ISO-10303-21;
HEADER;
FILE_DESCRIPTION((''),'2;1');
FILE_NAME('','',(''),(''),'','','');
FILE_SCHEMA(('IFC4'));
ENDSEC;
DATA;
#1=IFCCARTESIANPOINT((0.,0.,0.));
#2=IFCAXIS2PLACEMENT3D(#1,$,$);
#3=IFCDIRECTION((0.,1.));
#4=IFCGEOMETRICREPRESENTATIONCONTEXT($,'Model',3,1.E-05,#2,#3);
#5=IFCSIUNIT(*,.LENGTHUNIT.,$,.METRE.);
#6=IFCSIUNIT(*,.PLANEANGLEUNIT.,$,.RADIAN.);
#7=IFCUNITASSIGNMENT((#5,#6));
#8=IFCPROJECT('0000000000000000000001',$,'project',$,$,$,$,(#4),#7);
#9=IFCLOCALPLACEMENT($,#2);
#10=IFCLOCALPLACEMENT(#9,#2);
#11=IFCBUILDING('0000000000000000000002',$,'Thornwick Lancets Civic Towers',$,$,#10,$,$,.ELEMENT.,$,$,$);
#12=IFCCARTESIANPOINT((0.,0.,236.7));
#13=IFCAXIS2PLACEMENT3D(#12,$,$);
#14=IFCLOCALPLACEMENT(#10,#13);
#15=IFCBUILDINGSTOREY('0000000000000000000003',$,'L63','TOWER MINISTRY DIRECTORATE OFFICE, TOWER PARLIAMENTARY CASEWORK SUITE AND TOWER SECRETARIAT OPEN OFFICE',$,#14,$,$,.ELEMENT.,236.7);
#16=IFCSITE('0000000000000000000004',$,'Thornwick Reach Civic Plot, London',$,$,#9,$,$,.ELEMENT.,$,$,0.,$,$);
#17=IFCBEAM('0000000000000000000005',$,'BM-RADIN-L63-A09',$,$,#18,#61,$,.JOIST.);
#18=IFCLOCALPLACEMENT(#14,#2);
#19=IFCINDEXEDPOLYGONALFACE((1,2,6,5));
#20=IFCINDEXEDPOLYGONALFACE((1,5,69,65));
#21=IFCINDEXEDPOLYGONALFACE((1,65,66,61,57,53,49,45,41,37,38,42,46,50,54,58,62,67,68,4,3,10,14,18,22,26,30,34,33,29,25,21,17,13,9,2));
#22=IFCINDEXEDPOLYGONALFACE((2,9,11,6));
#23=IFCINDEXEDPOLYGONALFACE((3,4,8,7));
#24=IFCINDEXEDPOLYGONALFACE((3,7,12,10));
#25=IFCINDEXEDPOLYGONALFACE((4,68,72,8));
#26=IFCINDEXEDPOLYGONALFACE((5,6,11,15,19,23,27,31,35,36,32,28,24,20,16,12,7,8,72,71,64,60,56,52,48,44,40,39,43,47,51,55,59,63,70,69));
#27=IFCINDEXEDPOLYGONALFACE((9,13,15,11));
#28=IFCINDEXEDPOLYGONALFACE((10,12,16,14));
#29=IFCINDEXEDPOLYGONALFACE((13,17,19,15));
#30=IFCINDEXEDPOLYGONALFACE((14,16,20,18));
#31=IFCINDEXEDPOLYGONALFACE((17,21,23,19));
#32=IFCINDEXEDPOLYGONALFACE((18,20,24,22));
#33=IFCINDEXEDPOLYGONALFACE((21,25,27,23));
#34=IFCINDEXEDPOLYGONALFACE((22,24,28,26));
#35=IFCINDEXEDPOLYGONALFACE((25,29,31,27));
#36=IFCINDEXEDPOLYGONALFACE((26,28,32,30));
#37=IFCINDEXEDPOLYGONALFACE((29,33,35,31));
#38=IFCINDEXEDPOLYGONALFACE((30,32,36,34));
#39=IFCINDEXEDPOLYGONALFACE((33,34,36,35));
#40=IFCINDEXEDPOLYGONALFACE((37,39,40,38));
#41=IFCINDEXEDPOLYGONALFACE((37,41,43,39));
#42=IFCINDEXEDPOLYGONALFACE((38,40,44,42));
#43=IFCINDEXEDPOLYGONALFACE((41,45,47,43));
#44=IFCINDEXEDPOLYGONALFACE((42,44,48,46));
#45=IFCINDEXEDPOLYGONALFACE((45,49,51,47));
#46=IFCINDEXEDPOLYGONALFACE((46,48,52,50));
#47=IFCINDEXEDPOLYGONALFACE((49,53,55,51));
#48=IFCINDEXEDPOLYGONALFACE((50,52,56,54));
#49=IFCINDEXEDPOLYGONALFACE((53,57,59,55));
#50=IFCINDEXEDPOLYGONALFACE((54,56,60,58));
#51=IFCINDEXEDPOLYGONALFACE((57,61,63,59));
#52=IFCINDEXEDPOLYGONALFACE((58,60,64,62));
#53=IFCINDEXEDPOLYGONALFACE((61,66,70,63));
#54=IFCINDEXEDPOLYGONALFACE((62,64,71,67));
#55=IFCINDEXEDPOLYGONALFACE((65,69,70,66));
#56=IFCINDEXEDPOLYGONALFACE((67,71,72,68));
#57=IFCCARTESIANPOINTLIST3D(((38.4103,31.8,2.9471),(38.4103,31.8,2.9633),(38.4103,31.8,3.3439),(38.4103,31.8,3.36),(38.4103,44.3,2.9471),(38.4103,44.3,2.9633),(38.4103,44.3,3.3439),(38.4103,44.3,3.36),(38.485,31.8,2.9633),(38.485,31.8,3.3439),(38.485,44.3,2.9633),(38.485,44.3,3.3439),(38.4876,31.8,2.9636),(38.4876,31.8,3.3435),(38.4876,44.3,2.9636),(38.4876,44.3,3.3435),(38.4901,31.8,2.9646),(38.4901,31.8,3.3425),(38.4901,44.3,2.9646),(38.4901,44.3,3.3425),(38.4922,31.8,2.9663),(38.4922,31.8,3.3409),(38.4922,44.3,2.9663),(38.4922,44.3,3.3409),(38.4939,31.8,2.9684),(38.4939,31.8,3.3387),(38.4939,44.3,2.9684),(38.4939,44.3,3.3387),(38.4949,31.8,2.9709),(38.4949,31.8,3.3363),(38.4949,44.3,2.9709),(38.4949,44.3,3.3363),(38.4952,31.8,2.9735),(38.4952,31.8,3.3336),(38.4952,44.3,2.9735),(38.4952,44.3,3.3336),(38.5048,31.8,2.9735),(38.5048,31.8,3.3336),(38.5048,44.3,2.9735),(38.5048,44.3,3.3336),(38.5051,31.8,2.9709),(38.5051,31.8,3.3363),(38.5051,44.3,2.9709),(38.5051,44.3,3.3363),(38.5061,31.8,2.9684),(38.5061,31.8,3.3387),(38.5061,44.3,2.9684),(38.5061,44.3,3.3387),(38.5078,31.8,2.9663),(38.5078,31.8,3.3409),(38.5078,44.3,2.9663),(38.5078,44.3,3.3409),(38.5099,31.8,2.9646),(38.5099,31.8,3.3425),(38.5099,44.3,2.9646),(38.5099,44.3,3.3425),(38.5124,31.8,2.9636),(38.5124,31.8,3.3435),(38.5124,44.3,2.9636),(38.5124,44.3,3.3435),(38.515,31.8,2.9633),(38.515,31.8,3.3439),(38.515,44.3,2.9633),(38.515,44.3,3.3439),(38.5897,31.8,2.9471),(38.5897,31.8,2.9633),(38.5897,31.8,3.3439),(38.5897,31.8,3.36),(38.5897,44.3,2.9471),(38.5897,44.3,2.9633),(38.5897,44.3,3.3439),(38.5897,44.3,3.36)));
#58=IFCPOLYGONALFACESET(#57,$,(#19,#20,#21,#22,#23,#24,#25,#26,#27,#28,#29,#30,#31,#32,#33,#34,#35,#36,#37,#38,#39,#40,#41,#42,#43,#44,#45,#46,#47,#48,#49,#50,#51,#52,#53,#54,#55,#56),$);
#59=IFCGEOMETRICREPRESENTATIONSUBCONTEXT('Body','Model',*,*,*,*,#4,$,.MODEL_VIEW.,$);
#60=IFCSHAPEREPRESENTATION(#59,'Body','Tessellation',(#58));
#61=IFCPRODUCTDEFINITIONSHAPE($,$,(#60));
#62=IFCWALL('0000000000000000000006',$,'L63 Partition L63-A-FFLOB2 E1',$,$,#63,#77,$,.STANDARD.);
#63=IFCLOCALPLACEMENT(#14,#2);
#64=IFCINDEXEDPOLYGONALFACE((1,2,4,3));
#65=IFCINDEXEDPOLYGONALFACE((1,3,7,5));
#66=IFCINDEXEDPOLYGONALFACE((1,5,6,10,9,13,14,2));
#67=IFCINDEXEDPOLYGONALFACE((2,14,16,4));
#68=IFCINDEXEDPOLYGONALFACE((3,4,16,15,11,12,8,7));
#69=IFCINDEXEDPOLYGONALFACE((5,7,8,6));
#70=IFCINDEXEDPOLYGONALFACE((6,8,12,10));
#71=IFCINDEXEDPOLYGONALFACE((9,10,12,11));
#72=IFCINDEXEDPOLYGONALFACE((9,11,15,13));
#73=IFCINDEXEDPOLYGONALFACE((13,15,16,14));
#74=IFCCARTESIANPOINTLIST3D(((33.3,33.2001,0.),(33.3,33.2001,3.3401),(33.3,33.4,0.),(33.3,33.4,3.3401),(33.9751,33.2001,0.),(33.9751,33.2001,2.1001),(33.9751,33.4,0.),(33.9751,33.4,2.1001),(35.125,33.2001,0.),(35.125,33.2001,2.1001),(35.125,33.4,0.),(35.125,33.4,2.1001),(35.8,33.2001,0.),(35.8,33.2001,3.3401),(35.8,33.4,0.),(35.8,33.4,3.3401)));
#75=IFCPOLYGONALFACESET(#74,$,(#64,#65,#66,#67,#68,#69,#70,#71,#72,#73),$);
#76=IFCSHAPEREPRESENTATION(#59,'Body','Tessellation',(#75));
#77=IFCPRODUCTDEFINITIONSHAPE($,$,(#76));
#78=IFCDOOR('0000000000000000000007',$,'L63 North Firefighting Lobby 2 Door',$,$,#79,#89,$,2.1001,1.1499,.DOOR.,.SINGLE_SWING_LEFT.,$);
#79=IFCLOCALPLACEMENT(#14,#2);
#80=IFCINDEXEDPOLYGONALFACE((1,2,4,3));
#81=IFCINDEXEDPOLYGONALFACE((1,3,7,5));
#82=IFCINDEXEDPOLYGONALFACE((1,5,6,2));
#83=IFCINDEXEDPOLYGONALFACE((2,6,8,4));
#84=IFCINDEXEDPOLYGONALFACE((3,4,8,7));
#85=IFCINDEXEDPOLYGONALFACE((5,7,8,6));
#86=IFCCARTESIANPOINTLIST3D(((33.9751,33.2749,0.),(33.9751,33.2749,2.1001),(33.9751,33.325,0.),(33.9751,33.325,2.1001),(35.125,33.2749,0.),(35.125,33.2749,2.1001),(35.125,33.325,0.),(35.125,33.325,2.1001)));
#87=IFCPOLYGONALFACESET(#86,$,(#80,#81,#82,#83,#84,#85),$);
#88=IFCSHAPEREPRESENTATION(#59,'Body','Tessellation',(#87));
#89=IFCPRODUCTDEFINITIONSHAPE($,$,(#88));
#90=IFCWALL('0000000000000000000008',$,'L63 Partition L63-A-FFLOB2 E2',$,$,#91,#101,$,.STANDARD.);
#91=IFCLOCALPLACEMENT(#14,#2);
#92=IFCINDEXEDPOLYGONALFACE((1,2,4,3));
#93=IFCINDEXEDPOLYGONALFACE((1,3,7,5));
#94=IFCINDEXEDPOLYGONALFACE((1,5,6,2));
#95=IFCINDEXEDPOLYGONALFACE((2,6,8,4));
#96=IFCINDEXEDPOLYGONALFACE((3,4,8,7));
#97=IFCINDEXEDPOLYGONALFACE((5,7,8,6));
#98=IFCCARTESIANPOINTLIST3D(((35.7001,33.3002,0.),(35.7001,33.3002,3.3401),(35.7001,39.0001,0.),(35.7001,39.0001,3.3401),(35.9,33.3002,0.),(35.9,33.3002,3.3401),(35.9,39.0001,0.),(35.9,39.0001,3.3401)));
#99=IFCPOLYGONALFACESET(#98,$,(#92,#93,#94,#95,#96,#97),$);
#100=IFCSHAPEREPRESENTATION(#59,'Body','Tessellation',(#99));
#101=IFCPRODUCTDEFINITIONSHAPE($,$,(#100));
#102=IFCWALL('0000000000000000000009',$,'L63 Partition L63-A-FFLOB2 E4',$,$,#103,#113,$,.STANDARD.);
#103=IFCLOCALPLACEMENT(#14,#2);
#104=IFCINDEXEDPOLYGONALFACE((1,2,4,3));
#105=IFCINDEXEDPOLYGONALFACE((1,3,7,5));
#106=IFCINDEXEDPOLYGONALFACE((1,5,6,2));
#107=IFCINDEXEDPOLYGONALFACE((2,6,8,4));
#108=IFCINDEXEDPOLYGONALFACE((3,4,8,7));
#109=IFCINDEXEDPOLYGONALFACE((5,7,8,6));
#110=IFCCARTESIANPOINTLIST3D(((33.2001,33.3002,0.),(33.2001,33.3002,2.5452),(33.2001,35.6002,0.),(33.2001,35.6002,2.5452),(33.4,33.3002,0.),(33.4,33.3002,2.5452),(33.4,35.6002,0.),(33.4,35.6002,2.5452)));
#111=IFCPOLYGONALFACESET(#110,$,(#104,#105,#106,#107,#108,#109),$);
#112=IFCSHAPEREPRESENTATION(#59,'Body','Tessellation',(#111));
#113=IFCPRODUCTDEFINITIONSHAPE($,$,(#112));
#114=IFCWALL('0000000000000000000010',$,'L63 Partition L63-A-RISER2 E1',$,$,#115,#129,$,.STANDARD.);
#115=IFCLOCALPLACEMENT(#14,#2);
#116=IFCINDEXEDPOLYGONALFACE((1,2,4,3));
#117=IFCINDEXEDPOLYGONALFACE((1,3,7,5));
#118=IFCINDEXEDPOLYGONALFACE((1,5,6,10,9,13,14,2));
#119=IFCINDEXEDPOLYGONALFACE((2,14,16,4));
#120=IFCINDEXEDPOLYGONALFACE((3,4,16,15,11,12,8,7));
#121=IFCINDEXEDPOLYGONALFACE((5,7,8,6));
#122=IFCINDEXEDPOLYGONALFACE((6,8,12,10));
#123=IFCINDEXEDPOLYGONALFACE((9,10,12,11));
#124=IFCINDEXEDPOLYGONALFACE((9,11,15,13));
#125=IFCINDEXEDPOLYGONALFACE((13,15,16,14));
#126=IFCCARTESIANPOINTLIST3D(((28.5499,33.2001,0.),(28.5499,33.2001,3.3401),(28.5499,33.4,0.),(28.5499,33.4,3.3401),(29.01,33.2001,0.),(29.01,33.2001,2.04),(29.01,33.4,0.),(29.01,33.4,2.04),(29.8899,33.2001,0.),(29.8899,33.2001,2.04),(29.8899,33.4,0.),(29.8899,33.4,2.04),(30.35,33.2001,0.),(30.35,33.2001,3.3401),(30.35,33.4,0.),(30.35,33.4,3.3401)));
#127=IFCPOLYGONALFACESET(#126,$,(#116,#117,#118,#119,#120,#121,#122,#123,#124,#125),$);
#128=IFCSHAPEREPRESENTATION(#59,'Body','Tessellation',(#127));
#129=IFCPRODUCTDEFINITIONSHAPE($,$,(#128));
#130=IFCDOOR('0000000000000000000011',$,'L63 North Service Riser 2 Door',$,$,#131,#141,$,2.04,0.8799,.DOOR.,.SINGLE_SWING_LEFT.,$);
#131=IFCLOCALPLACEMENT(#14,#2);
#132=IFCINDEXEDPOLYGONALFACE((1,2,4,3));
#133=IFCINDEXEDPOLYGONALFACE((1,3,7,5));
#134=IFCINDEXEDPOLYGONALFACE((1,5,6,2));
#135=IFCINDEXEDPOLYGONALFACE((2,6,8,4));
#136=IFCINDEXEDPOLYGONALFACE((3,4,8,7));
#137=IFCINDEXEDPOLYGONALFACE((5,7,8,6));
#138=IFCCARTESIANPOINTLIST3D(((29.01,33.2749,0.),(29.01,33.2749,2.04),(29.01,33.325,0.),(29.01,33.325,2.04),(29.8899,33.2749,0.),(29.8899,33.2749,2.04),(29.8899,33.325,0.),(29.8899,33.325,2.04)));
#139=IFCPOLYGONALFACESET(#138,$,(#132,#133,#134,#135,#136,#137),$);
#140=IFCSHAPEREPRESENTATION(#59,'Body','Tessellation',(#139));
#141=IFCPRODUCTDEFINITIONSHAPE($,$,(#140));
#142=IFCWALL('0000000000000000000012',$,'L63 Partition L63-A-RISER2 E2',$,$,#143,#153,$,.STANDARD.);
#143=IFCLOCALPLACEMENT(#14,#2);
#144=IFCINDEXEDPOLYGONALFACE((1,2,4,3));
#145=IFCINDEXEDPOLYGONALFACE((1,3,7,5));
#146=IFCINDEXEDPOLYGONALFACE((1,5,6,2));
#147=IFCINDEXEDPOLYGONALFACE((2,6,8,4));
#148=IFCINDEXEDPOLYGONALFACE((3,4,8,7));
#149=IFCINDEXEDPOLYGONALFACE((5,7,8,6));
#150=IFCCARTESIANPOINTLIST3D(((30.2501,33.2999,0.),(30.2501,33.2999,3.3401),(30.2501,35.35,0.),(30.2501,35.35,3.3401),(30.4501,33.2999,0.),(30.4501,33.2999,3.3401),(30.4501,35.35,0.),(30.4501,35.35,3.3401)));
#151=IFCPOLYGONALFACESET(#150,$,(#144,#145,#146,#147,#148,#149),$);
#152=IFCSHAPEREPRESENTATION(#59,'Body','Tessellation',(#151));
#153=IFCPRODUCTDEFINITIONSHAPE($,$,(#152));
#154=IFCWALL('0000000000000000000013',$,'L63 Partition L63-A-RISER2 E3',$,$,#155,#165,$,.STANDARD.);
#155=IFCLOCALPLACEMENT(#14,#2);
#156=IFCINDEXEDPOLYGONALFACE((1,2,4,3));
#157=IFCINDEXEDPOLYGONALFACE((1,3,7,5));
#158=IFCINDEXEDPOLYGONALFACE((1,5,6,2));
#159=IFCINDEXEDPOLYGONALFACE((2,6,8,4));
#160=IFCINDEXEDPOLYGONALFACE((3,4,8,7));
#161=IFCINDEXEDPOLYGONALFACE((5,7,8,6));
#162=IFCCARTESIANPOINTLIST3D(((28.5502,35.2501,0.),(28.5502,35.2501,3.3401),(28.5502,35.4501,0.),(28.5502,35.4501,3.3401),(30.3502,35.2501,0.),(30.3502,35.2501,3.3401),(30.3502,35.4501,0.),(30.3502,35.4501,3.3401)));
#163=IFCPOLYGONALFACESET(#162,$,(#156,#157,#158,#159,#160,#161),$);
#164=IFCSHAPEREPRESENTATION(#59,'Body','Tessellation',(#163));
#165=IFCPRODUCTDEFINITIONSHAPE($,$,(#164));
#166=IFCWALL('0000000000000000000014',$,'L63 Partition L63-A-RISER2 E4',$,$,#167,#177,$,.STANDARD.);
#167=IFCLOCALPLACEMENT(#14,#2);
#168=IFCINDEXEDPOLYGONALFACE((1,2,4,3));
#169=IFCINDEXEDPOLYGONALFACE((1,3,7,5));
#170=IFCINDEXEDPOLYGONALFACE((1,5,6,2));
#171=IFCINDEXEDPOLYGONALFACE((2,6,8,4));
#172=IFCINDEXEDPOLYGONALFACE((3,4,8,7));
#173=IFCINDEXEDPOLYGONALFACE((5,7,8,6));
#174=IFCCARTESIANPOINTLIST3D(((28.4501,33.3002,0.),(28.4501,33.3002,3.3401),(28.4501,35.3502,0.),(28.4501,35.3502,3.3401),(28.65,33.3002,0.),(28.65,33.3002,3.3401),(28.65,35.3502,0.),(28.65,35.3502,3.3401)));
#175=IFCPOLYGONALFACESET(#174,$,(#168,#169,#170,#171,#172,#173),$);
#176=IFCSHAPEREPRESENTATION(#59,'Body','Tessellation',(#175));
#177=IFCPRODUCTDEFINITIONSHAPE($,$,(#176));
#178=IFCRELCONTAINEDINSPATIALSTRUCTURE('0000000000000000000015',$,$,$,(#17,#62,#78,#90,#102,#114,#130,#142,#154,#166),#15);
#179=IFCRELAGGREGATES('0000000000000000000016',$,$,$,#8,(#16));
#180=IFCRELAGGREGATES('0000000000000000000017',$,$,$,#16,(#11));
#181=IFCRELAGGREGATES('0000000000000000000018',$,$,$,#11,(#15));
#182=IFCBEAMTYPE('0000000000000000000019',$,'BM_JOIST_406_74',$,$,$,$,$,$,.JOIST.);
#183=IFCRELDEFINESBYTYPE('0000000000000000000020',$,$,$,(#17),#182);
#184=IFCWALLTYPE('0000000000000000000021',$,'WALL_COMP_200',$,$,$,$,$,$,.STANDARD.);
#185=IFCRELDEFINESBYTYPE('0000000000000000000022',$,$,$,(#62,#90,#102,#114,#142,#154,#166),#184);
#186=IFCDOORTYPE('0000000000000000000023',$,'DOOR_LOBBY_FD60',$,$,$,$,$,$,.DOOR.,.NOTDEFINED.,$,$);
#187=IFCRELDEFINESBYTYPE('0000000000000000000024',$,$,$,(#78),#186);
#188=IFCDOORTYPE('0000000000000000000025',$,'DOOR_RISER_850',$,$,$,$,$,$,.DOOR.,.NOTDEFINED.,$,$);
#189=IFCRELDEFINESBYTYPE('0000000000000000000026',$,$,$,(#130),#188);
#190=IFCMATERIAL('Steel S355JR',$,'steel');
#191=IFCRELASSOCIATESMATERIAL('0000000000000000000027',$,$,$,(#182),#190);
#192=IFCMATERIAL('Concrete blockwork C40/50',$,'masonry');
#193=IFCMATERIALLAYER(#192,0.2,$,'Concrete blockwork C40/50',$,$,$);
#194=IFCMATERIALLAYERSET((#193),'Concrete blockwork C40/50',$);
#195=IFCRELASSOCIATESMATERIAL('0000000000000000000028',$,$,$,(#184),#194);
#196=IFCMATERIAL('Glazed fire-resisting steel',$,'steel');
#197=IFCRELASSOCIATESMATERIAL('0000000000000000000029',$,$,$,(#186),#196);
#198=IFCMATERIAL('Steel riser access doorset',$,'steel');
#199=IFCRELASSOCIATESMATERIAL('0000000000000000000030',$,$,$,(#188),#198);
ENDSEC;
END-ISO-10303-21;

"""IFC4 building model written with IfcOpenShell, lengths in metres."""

from ifc_helpers import new_model, si_unit, direction, frame, frame_2d, origin, origin_2d, place, context, subcontext, project, spatial, rectangle, i_section, extrude, material, layer, layer_set, material_profile, profile_set, type_object, element, fill, save


model = new_model("IFC4")

# Units and contexts
model_context = context("Model", 3, precision=1e-05, world=origin(), true_north=direction((0.0, 1.0)))
body_context = subcontext(model_context, "Body", "Model", "MODEL_VIEW")
ifc_project = project(units=[si_unit("LENGTHUNIT", "METRE"), si_unit("PLANEANGLEUNIT", "RADIAN")], contexts=[model_context])

# Site, building, storey
site_placement = place(None, origin())
site = spatial("IfcSite", under=ifc_project, at=site_placement, Name="Thornwick Reach Civic Plot, London", CompositionType="ELEMENT", RefElevation=0.0)
building_placement = place(site_placement, origin())
building = spatial("IfcBuilding", under=site, at=building_placement, Name="Thornwick Lancets Civic Towers", CompositionType="ELEMENT")
storey_placement = place(building_placement, frame((0.0, 0.0, 236.7)))
storey = spatial("IfcBuildingStorey", under=building, at=storey_placement, Name="L63", Description="TOWER MINISTRY DIRECTORATE OFFICE, TOWER PARLIAMENTARY CASEWORK SUITE AND TOWER SECRETARIAT OPEN OFFICE", CompositionType="ELEMENT", Elevation=236.7)

# Beam
ifc_material_1 = material(Name="Steel S355JR", Category="steel")
ifc_material_profile_1 = material_profile(ifc_material_1, i_section(OverallWidth=0.1794, OverallDepth=0.4128, WebThickness=0.0095, FlangeThickness=0.0161, FilletRadius=0.0103, at=origin_2d()), Name="UKB 406x178x74")
ifc_profile_set_1 = profile_set([ifc_material_profile_1], Name="Steel S355JR")
beam_type_1 = type_object("IfcBeamType", Name="BM_JOIST_406_74", PredefinedType="JOIST", material=ifc_profile_set_1)
beam_1_placement = place(storey_placement, frame((38.5, 31.8, 3.1536), z_axis=(0.0, 1.0, 0.0), x_axis=(-1.0, 0.0, 0.0)))
element("IfcBeam", 1, at=beam_1_placement, inside=storey, type_object=beam_type_1, Name="BM-RADIN-L63-A09", PredefinedType="JOIST", context=body_context, shape_type="SweptSolid", body=[
    extrude(i_section(OverallWidth=0.1794, OverallDepth=0.4128, WebThickness=0.0095, FlangeThickness=0.0161, FilletRadius=0.0103, at=origin_2d()), origin(), (0.0, 0.0, 1.0), 12.5),
])

# Wall, opening, door
ifc_material_2 = material(Name="Concrete blockwork C40/50", Category="masonry")
ifc_layer_1 = layer(ifc_material_2, 0.2, Name="Concrete blockwork C40/50")
ifc_layer_set_1 = layer_set([ifc_layer_1], Name="Concrete blockwork C40/50")
wall_type_1 = type_object("IfcWallType", Name="WALL_COMP_200", PredefinedType="STANDARD", material=ifc_layer_set_1)
wall_1_placement = place(storey_placement, frame((33.3, 33.3, 0.0), z_axis=(0.0, 0.0, 1.0), x_axis=(1.0, 0.0, 0.0)))
wall_1 = element("IfcWall", 2, at=wall_1_placement, inside=storey, type_object=wall_type_1, Name="L63 Partition L63-A-FFLOB2 E1", PredefinedType="STANDARD", context=body_context, shape_type="SweptSolid", body=[
    extrude(rectangle(XDim=2.5, YDim=0.2, at=frame_2d((1.25, 0.0))), origin(), (0.0, 0.0, 1.0), 3.3401),
])
opening_1_placement = place(wall_1_placement, frame((0.675, 0.0, 0.0)))
opening_1 = element("IfcOpeningElement", 3, at=opening_1_placement, cuts=wall_1, PredefinedType="OPENING", context=body_context, shape_type="SweptSolid", body=[
    extrude(rectangle(XDim=1.1499, YDim=2.1001, at=frame_2d((0.575, 1.05))), frame((0.0, 0.1099, 0.0), z_axis=(0.0, -1.0, 0.0), x_axis=(1.0, 0.0, 0.0)), (0.0, 0.0, 1.0), 0.22),
])
ifc_material_3 = material(Name="Glazed fire-resisting steel", Category="steel")
door_type_1 = type_object("IfcDoorType", Name="DOOR_LOBBY_FD60", OperationType="NOTDEFINED", PredefinedType="DOOR", material=ifc_material_3)
door_1_placement = place(opening_1_placement, origin())
door_1 = element("IfcDoor", 4, at=door_1_placement, inside=storey, type_object=door_type_1, Name="L63 North Firefighting Lobby 2 Door", OperationType="SINGLE_SWING_LEFT", OverallHeight=2.1001, OverallWidth=1.1499, PredefinedType="DOOR", context=body_context, shape_type="SweptSolid", body=[
    extrude(rectangle(XDim=1.1499, YDim=2.1001, at=frame_2d((0.575, 1.05))), frame((0.0, 0.0249, 0.0), z_axis=(0.0, -1.0, 0.0), x_axis=(1.0, 0.0, 0.0)), (0.0, 0.0, 1.0), 0.05),
])
fill(opening_1, door_1)

# Walls
wall_2_placement = place(storey_placement, frame((35.8, 33.3, 0.0), z_axis=(0.0, 0.0, 1.0), x_axis=(0.0, 1.0, 0.0)))
element("IfcWall", 5, at=wall_2_placement, inside=storey, type_object=wall_type_1, Name="L63 Partition L63-A-FFLOB2 E2", PredefinedType="STANDARD", context=body_context, shape_type="SweptSolid", body=[
    extrude(rectangle(XDim=5.7, YDim=0.2, at=frame_2d((2.8501, 0.0))), origin(), (0.0, 0.0, 1.0), 3.3401),
])
wall_3_placement = place(storey_placement, frame((33.3, 35.6001, 0.0), z_axis=(0.0, 0.0, 1.0), x_axis=(0.0, -1.0, 0.0)))
element("IfcWall", 6, at=wall_3_placement, inside=storey, type_object=wall_type_1, Name="L63 Partition L63-A-FFLOB2 E4", PredefinedType="STANDARD", context=body_context, shape_type="SweptSolid", body=[
    extrude(rectangle(XDim=2.3, YDim=0.2, at=frame_2d((1.1499, 0.0))), origin(), (0.0, 0.0, 1.0), 2.5452),
])

# Wall, opening, door
wall_4_placement = place(storey_placement, frame((28.55, 33.3, 0.0), z_axis=(0.0, 0.0, 1.0), x_axis=(1.0, 0.0, 0.0)))
wall_4 = element("IfcWall", 7, at=wall_4_placement, inside=storey, type_object=wall_type_1, Name="L63 Partition L63-A-RISER2 E1", PredefinedType="STANDARD", context=body_context, shape_type="SweptSolid", body=[
    extrude(rectangle(XDim=1.8, YDim=0.2, at=frame_2d((0.8999, 0.0))), origin(), (0.0, 0.0, 1.0), 3.3401),
])
opening_2_placement = place(wall_4_placement, frame((0.46, 0.0, 0.0)))
opening_2 = element("IfcOpeningElement", 8, at=opening_2_placement, cuts=wall_4, PredefinedType="OPENING", context=body_context, shape_type="SweptSolid", body=[
    extrude(rectangle(XDim=0.8799, YDim=2.04, at=frame_2d((0.4399, 1.02))), frame((0.0, 0.1099, 0.0), z_axis=(0.0, -1.0, 0.0), x_axis=(1.0, 0.0, 0.0)), (0.0, 0.0, 1.0), 0.22),
])
ifc_material_4 = material(Name="Steel riser access doorset", Category="steel")
door_type_2 = type_object("IfcDoorType", Name="DOOR_RISER_850", OperationType="NOTDEFINED", PredefinedType="DOOR", material=ifc_material_4)
door_2_placement = place(opening_2_placement, origin())
door_2 = element("IfcDoor", 9, at=door_2_placement, inside=storey, type_object=door_type_2, Name="L63 North Service Riser 2 Door", OperationType="SINGLE_SWING_LEFT", OverallHeight=2.04, OverallWidth=0.8799, PredefinedType="DOOR", context=body_context, shape_type="SweptSolid", body=[
    extrude(rectangle(XDim=0.8799, YDim=2.04, at=frame_2d((0.4399, 1.02))), frame((0.0, 0.0249, 0.0), z_axis=(0.0, -1.0, 0.0), x_axis=(1.0, 0.0, 0.0)), (0.0, 0.0, 1.0), 0.05),
])
fill(opening_2, door_2)

# Walls
wall_5_placement = place(storey_placement, frame((30.3501, 33.3, 0.0), z_axis=(0.0, 0.0, 1.0), x_axis=(0.0, 1.0, 0.0)))
element("IfcWall", 10, at=wall_5_placement, inside=storey, type_object=wall_type_1, Name="L63 Partition L63-A-RISER2 E2", PredefinedType="STANDARD", context=body_context, shape_type="SweptSolid", body=[
    extrude(rectangle(XDim=2.05, YDim=0.2, at=frame_2d((1.0249, 0.0))), origin(), (0.0, 0.0, 1.0), 3.3401),
])
wall_6_placement = place(storey_placement, frame((30.3501, 35.3501, 0.0), z_axis=(0.0, 0.0, 1.0), x_axis=(-1.0, 0.0, 0.0)))
element("IfcWall", 11, at=wall_6_placement, inside=storey, type_object=wall_type_1, Name="L63 Partition L63-A-RISER2 E3", PredefinedType="STANDARD", context=body_context, shape_type="SweptSolid", body=[
    extrude(rectangle(XDim=1.8, YDim=0.2, at=frame_2d((0.8999, 0.0))), origin(), (0.0, 0.0, 1.0), 3.3401),
])
wall_7_placement = place(storey_placement, frame((28.55, 35.3501, 0.0), z_axis=(0.0, 0.0, 1.0), x_axis=(0.0, -1.0, 0.0)))
element("IfcWall", 12, at=wall_7_placement, inside=storey, type_object=wall_type_1, Name="L63 Partition L63-A-RISER2 E4", PredefinedType="STANDARD", context=body_context, shape_type="SweptSolid", body=[
    extrude(rectangle(XDim=2.05, YDim=0.2, at=frame_2d((1.0249, 0.0))), origin(), (0.0, 0.0, 1.0), 3.3401),
])

save(model, "model.ifc")
